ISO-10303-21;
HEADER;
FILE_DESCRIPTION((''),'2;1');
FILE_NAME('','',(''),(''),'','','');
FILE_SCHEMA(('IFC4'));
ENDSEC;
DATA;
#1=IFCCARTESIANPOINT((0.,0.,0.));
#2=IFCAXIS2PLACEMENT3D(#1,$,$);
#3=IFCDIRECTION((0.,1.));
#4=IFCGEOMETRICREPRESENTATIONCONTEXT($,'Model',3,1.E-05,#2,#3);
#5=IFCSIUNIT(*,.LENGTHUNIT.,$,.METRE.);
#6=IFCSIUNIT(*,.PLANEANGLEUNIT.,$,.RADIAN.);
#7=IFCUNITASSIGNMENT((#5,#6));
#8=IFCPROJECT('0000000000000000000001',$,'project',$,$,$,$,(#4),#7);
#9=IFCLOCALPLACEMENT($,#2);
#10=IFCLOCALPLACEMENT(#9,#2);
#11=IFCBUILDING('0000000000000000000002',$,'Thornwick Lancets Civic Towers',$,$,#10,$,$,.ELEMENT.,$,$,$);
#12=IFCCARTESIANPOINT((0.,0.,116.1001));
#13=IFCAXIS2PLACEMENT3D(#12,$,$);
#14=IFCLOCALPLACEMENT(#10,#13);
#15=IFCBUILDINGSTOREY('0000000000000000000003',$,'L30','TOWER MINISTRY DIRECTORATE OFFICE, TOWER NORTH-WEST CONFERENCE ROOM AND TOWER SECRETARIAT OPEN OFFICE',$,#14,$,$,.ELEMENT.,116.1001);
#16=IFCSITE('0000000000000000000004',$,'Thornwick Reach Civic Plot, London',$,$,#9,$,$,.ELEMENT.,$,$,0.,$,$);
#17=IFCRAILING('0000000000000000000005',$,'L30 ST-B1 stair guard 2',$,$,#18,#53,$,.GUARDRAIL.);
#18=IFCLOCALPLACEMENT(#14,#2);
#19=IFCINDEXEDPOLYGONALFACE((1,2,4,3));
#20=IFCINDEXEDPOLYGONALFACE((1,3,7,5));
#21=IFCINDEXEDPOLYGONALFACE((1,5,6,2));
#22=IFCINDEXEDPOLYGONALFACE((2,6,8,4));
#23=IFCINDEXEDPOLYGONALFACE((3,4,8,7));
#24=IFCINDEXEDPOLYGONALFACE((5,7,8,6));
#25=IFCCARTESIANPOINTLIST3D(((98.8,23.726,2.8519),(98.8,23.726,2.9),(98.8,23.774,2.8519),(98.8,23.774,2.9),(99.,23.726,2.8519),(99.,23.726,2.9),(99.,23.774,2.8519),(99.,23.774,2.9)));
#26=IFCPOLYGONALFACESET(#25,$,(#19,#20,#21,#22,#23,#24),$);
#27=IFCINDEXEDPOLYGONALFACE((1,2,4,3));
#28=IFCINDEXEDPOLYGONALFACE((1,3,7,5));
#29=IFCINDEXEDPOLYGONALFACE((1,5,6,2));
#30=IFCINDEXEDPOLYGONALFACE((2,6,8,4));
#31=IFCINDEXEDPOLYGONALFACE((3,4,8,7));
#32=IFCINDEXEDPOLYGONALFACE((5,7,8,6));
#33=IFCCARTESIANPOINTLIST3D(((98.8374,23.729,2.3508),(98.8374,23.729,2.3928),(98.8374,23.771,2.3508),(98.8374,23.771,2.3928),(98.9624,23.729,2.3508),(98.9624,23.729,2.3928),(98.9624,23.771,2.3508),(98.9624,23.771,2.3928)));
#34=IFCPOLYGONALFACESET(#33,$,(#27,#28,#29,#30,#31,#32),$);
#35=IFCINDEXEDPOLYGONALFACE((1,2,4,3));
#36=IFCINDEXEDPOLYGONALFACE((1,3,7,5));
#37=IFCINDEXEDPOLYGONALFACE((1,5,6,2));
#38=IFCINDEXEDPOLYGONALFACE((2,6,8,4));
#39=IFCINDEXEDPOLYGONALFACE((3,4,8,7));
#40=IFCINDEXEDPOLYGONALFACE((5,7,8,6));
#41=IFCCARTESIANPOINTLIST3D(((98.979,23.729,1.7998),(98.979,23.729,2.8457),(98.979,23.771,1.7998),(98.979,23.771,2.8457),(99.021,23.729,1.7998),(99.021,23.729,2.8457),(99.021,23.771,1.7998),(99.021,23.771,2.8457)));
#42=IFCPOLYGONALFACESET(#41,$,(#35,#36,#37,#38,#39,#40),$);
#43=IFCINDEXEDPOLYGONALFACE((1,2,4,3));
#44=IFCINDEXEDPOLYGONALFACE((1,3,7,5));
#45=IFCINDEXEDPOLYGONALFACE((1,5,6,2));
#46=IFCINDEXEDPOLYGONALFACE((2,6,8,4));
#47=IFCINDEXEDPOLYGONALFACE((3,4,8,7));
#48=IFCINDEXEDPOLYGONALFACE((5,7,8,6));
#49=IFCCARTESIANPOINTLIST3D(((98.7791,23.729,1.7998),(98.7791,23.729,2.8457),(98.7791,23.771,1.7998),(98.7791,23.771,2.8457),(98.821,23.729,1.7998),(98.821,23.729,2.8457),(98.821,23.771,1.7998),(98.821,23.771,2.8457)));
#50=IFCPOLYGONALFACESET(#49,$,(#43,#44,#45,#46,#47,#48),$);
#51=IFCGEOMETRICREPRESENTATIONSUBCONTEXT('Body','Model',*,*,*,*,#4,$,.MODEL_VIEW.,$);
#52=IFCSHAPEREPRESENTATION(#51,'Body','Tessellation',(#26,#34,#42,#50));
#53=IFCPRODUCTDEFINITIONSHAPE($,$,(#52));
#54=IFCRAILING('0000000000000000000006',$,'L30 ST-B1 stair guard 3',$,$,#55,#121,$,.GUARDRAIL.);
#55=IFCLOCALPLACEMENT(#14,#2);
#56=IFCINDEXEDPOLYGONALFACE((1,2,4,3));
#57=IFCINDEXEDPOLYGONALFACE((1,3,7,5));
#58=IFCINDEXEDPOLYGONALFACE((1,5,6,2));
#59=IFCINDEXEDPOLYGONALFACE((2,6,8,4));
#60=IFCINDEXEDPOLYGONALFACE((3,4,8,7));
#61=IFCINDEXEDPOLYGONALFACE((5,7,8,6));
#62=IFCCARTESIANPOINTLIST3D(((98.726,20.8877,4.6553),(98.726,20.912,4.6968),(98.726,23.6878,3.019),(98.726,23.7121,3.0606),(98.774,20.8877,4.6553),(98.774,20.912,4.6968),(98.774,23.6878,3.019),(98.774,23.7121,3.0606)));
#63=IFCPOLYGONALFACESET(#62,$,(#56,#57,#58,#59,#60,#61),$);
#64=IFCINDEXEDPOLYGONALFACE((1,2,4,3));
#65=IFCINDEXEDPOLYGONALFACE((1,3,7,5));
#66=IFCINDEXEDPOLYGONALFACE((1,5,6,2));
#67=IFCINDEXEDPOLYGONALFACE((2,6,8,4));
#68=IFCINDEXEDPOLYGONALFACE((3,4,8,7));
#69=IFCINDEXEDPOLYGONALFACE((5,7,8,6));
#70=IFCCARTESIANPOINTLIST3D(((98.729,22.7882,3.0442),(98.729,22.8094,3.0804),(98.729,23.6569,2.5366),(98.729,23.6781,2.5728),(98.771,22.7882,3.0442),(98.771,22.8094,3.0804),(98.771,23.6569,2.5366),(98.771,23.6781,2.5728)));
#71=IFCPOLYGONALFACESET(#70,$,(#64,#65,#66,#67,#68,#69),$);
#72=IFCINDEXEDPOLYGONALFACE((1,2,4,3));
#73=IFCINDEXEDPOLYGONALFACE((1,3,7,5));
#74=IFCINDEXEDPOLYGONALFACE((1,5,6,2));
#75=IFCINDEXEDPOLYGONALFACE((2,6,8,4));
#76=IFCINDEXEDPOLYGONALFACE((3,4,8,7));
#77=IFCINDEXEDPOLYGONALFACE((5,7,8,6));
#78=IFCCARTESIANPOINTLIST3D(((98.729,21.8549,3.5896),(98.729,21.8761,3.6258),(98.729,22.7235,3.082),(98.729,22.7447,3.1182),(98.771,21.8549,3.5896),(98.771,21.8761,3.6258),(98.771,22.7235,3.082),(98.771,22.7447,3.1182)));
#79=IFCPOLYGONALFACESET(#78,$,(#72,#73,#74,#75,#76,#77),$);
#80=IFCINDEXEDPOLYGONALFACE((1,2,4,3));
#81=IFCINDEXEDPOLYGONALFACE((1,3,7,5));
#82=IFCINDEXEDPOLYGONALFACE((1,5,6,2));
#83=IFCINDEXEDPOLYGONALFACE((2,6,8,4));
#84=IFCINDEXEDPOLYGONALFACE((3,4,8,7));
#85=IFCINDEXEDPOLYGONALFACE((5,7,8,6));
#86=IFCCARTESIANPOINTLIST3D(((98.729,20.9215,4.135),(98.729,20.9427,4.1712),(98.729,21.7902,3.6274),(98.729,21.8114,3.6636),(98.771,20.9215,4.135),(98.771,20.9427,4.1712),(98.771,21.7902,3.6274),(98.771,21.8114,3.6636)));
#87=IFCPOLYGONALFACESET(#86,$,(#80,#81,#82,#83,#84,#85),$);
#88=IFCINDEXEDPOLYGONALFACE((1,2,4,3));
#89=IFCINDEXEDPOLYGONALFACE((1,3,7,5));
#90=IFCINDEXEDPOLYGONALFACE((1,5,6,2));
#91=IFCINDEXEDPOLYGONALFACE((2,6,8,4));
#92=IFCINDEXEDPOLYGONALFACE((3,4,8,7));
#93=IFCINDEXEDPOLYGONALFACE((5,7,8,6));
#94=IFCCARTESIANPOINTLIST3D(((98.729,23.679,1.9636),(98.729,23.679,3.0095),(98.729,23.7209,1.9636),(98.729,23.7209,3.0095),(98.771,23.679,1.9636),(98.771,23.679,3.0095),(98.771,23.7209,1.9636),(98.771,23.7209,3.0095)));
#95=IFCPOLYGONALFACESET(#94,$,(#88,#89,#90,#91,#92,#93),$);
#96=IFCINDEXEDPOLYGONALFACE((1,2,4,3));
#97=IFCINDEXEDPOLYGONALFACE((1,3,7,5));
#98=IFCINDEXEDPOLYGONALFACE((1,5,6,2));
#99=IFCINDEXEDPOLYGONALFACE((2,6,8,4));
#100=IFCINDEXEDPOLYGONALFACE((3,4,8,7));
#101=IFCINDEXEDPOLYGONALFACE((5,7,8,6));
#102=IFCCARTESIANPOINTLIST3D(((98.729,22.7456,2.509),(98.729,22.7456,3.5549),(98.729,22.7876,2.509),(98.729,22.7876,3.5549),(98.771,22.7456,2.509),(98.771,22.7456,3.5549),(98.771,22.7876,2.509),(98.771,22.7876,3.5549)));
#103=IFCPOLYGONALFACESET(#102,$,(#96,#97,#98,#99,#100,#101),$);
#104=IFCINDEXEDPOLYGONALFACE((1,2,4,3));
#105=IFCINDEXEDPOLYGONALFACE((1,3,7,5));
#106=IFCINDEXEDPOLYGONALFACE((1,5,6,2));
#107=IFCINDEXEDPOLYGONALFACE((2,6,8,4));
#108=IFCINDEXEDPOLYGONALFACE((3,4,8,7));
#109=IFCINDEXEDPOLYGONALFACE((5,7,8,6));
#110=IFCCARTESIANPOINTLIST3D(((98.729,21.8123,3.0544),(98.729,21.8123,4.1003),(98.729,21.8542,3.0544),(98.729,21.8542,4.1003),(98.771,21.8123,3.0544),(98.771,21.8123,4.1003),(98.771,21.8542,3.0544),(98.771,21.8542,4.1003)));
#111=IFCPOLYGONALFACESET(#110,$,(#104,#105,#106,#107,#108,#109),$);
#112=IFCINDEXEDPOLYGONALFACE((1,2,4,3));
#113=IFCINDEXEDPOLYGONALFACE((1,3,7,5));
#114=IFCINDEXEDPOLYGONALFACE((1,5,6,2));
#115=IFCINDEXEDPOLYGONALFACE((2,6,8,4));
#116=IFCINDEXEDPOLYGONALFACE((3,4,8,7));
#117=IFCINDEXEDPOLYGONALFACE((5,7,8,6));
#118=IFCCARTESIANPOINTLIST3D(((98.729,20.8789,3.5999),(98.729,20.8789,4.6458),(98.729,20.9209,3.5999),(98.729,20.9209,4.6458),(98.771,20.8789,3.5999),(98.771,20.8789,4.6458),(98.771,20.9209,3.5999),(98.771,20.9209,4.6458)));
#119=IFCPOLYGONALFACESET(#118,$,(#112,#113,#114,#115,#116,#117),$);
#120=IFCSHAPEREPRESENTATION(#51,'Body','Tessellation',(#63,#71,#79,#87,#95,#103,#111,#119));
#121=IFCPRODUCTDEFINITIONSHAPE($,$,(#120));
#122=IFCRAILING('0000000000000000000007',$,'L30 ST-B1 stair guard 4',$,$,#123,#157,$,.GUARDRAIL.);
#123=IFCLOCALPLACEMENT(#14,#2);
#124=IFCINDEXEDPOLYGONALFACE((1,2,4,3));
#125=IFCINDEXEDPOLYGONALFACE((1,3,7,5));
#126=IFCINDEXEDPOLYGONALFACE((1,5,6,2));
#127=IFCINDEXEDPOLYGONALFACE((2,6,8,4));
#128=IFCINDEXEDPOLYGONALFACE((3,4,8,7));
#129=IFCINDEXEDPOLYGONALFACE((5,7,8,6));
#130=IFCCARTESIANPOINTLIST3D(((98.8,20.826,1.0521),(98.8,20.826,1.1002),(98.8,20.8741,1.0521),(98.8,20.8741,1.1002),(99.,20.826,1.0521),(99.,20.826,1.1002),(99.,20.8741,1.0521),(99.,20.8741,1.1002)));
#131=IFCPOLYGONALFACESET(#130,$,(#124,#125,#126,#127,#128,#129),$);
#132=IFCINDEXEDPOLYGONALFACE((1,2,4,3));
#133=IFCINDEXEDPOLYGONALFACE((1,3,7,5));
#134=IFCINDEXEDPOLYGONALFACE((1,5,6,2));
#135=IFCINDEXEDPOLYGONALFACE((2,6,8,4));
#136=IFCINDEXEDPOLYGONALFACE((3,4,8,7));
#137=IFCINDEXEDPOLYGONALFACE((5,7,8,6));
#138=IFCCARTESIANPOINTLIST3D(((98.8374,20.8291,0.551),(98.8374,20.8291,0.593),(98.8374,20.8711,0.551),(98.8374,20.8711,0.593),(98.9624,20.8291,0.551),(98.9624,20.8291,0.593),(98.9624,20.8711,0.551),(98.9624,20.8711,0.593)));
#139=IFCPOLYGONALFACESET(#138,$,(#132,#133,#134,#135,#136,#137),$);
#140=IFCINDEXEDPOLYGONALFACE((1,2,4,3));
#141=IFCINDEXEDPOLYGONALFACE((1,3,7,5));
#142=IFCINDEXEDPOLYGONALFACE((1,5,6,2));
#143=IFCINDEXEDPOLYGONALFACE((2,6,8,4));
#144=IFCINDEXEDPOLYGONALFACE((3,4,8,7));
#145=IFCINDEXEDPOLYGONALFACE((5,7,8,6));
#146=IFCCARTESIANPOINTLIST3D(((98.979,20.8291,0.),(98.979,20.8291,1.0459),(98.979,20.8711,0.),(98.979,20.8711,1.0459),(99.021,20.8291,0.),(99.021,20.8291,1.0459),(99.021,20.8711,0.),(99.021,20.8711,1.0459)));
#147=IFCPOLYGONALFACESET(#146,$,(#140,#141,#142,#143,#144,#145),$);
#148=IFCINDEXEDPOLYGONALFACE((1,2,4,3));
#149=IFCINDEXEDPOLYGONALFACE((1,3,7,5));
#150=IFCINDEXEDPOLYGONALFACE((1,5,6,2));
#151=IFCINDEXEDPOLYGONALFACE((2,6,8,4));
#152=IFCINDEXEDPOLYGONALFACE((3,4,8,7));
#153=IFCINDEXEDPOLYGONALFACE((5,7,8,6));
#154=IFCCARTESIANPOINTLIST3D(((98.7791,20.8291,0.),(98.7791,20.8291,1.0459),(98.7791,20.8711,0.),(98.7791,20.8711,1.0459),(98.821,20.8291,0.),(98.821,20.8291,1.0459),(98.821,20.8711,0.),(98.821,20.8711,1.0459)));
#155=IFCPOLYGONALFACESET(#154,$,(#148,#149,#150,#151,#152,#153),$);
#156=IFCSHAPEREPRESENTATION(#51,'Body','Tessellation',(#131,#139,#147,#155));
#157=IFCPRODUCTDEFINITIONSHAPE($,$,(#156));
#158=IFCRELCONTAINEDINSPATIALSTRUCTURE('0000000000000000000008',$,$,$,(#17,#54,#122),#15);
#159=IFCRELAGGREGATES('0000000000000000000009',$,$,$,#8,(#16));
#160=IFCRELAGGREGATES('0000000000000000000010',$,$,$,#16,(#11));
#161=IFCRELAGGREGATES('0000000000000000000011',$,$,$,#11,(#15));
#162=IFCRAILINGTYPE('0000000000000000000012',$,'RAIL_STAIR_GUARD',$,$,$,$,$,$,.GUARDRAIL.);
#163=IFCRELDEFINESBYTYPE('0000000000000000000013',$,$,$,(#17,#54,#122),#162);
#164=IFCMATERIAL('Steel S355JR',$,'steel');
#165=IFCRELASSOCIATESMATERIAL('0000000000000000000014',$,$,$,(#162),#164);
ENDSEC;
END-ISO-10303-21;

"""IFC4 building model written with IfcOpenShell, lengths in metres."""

from ifc_helpers import new_model, si_unit, direction, frame, origin, origin_2d, place, context, subcontext, project, spatial, rectangle, extrude, material, type_object, element, save


model = new_model("IFC4")

# Units and contexts
model_context = context("Model", 3, precision=1e-05, world=origin(), true_north=direction((0.0, 1.0)))
body_context = subcontext(model_context, "Body", "Model", "MODEL_VIEW")
ifc_project = project(units=[si_unit("LENGTHUNIT", "METRE"), si_unit("PLANEANGLEUNIT", "RADIAN")], contexts=[model_context])

# Site, building, storey
site_placement = place(None, origin())
site = spatial("IfcSite", under=ifc_project, at=site_placement, Name="Thornwick Reach Civic Plot, London", CompositionType="ELEMENT", RefElevation=0.0)
building_placement = place(site_placement, origin())
building = spatial("IfcBuilding", under=site, at=building_placement, Name="Thornwick Lancets Civic Towers", CompositionType="ELEMENT")
storey_placement = place(building_placement, frame((0.0, 0.0, 116.1001)))
storey = spatial("IfcBuildingStorey", under=building, at=storey_placement, Name="L30", Description="TOWER MINISTRY DIRECTORATE OFFICE, TOWER NORTH-WEST CONFERENCE ROOM AND TOWER SECRETARIAT OPEN OFFICE", CompositionType="ELEMENT", Elevation=116.1001)

# Railings
ifc_material_1 = material(Name="Steel S355JR", Category="steel")
railing_type_1 = type_object("IfcRailingType", Name="RAIL_STAIR_GUARD", PredefinedType="GUARDRAIL", material=ifc_material_1)
railing_1_placement = place(storey_placement, frame((99.0, 23.75, 1.7998)))
element("IfcRailing", 1, at=railing_1_placement, inside=storey, type_object=railing_type_1, Name="L30 ST-B1 stair guard 2", PredefinedType="GUARDRAIL", context=body_context, shape_type="SweptSolid", body=[
    extrude(rectangle(XDim=0.0481, YDim=0.0481, at=origin_2d()), frame((0.0, 0.0, 1.0762), z_axis=(-1.0, 0.0, 0.0), x_axis=(0.0, -1.0, 0.0)), (0.0, 0.0, 1.0), 0.2),
    extrude(rectangle(XDim=0.042, YDim=0.042, at=origin_2d()), frame((-0.0376, 0.0, 0.572), z_axis=(-1.0, 0.0, 0.0), x_axis=(0.0, -1.0, 0.0)), (0.0, 0.0, 1.0), 0.125),
    extrude(rectangle(XDim=0.042, YDim=0.042, at=origin_2d()), origin(), (0.0, 0.0, 1.0), 1.0459),
    extrude(rectangle(XDim=0.042, YDim=0.042, at=origin_2d()), frame((-0.2, 0.0, 0.0)), (0.0, 0.0, 1.0), 1.0459),
])
railing_2_placement = place(storey_placement, frame((98.75, 23.7, 1.9636)))
element("IfcRailing", 2, at=railing_2_placement, inside=storey, type_object=railing_type_1, Name="L30 ST-B1 stair guard 3", PredefinedType="GUARDRAIL", context=body_context, shape_type="SweptSolid", body=[
    extrude(rectangle(XDim=0.0481, YDim=0.0481, at=origin_2d()), frame((0.0, 0.0, 1.0762), z_axis=(0.0, -0.863394, 0.504531), x_axis=(1.0, 0.0, 0.0)), (0.0, 0.0, 1.0), 3.2432),
    extrude(rectangle(XDim=0.042, YDim=0.042, at=origin_2d()), frame((0.0, -0.0325, 0.5911), z_axis=(0.0, -0.863394, 0.504531), x_axis=(1.0, 0.0, 0.0)), (0.0, 0.0, 1.0), 1.0061),
    extrude(rectangle(XDim=0.042, YDim=0.042, at=origin_2d()), frame((0.0, -0.9658, 1.1365), z_axis=(0.0, -0.863394, 0.504531), x_axis=(1.0, 0.0, 0.0)), (0.0, 0.0, 1.0), 1.0061),
    extrude(rectangle(XDim=0.042, YDim=0.042, at=origin_2d()), frame((0.0, -1.8992, 1.6819), z_axis=(0.0, -0.863394, 0.504531), x_axis=(1.0, 0.0, 0.0)), (0.0, 0.0, 1.0), 1.0061),
    extrude(rectangle(XDim=0.042, YDim=0.042, at=origin_2d()), origin(), (0.0, 0.0, 1.0), 1.0459),
    extrude(rectangle(XDim=0.042, YDim=0.042, at=origin_2d()), frame((0.0, -0.9333, 0.5454)), (0.0, 0.0, 1.0), 1.0459),
    extrude(rectangle(XDim=0.042, YDim=0.042, at=origin_2d()), frame((0.0, -1.8667, 1.0908)), (0.0, 0.0, 1.0), 1.0459),
    extrude(rectangle(XDim=0.042, YDim=0.042, at=origin_2d()), frame((0.0, -2.8, 1.6362)), (0.0, 0.0, 1.0), 1.0459),
])
railing_3_placement = place(storey_placement, frame((99.0, 20.8501, 0.0)))
element("IfcRailing", 3, at=railing_3_placement, inside=storey, type_object=railing_type_1, Name="L30 ST-B1 stair guard 4", PredefinedType="GUARDRAIL", context=body_context, shape_type="SweptSolid", body=[
    extrude(rectangle(XDim=0.0481, YDim=0.0481, at=origin_2d()), frame((0.0, 0.0, 1.0762), z_axis=(-1.0, 0.0, 0.0), x_axis=(0.0, -1.0, 0.0)), (0.0, 0.0, 1.0), 0.2),
    extrude(rectangle(XDim=0.042, YDim=0.042, at=origin_2d()), frame((-0.0376, 0.0, 0.572), z_axis=(-1.0, 0.0, 0.0), x_axis=(0.0, -1.0, 0.0)), (0.0, 0.0, 1.0), 0.125),
    extrude(rectangle(XDim=0.042, YDim=0.042, at=origin_2d()), origin(), (0.0, 0.0, 1.0), 1.0459),
    extrude(rectangle(XDim=0.042, YDim=0.042, at=origin_2d()), frame((-0.2, 0.0, 0.0)), (0.0, 0.0, 1.0), 1.0459),
])

save(model, "model.ifc")
